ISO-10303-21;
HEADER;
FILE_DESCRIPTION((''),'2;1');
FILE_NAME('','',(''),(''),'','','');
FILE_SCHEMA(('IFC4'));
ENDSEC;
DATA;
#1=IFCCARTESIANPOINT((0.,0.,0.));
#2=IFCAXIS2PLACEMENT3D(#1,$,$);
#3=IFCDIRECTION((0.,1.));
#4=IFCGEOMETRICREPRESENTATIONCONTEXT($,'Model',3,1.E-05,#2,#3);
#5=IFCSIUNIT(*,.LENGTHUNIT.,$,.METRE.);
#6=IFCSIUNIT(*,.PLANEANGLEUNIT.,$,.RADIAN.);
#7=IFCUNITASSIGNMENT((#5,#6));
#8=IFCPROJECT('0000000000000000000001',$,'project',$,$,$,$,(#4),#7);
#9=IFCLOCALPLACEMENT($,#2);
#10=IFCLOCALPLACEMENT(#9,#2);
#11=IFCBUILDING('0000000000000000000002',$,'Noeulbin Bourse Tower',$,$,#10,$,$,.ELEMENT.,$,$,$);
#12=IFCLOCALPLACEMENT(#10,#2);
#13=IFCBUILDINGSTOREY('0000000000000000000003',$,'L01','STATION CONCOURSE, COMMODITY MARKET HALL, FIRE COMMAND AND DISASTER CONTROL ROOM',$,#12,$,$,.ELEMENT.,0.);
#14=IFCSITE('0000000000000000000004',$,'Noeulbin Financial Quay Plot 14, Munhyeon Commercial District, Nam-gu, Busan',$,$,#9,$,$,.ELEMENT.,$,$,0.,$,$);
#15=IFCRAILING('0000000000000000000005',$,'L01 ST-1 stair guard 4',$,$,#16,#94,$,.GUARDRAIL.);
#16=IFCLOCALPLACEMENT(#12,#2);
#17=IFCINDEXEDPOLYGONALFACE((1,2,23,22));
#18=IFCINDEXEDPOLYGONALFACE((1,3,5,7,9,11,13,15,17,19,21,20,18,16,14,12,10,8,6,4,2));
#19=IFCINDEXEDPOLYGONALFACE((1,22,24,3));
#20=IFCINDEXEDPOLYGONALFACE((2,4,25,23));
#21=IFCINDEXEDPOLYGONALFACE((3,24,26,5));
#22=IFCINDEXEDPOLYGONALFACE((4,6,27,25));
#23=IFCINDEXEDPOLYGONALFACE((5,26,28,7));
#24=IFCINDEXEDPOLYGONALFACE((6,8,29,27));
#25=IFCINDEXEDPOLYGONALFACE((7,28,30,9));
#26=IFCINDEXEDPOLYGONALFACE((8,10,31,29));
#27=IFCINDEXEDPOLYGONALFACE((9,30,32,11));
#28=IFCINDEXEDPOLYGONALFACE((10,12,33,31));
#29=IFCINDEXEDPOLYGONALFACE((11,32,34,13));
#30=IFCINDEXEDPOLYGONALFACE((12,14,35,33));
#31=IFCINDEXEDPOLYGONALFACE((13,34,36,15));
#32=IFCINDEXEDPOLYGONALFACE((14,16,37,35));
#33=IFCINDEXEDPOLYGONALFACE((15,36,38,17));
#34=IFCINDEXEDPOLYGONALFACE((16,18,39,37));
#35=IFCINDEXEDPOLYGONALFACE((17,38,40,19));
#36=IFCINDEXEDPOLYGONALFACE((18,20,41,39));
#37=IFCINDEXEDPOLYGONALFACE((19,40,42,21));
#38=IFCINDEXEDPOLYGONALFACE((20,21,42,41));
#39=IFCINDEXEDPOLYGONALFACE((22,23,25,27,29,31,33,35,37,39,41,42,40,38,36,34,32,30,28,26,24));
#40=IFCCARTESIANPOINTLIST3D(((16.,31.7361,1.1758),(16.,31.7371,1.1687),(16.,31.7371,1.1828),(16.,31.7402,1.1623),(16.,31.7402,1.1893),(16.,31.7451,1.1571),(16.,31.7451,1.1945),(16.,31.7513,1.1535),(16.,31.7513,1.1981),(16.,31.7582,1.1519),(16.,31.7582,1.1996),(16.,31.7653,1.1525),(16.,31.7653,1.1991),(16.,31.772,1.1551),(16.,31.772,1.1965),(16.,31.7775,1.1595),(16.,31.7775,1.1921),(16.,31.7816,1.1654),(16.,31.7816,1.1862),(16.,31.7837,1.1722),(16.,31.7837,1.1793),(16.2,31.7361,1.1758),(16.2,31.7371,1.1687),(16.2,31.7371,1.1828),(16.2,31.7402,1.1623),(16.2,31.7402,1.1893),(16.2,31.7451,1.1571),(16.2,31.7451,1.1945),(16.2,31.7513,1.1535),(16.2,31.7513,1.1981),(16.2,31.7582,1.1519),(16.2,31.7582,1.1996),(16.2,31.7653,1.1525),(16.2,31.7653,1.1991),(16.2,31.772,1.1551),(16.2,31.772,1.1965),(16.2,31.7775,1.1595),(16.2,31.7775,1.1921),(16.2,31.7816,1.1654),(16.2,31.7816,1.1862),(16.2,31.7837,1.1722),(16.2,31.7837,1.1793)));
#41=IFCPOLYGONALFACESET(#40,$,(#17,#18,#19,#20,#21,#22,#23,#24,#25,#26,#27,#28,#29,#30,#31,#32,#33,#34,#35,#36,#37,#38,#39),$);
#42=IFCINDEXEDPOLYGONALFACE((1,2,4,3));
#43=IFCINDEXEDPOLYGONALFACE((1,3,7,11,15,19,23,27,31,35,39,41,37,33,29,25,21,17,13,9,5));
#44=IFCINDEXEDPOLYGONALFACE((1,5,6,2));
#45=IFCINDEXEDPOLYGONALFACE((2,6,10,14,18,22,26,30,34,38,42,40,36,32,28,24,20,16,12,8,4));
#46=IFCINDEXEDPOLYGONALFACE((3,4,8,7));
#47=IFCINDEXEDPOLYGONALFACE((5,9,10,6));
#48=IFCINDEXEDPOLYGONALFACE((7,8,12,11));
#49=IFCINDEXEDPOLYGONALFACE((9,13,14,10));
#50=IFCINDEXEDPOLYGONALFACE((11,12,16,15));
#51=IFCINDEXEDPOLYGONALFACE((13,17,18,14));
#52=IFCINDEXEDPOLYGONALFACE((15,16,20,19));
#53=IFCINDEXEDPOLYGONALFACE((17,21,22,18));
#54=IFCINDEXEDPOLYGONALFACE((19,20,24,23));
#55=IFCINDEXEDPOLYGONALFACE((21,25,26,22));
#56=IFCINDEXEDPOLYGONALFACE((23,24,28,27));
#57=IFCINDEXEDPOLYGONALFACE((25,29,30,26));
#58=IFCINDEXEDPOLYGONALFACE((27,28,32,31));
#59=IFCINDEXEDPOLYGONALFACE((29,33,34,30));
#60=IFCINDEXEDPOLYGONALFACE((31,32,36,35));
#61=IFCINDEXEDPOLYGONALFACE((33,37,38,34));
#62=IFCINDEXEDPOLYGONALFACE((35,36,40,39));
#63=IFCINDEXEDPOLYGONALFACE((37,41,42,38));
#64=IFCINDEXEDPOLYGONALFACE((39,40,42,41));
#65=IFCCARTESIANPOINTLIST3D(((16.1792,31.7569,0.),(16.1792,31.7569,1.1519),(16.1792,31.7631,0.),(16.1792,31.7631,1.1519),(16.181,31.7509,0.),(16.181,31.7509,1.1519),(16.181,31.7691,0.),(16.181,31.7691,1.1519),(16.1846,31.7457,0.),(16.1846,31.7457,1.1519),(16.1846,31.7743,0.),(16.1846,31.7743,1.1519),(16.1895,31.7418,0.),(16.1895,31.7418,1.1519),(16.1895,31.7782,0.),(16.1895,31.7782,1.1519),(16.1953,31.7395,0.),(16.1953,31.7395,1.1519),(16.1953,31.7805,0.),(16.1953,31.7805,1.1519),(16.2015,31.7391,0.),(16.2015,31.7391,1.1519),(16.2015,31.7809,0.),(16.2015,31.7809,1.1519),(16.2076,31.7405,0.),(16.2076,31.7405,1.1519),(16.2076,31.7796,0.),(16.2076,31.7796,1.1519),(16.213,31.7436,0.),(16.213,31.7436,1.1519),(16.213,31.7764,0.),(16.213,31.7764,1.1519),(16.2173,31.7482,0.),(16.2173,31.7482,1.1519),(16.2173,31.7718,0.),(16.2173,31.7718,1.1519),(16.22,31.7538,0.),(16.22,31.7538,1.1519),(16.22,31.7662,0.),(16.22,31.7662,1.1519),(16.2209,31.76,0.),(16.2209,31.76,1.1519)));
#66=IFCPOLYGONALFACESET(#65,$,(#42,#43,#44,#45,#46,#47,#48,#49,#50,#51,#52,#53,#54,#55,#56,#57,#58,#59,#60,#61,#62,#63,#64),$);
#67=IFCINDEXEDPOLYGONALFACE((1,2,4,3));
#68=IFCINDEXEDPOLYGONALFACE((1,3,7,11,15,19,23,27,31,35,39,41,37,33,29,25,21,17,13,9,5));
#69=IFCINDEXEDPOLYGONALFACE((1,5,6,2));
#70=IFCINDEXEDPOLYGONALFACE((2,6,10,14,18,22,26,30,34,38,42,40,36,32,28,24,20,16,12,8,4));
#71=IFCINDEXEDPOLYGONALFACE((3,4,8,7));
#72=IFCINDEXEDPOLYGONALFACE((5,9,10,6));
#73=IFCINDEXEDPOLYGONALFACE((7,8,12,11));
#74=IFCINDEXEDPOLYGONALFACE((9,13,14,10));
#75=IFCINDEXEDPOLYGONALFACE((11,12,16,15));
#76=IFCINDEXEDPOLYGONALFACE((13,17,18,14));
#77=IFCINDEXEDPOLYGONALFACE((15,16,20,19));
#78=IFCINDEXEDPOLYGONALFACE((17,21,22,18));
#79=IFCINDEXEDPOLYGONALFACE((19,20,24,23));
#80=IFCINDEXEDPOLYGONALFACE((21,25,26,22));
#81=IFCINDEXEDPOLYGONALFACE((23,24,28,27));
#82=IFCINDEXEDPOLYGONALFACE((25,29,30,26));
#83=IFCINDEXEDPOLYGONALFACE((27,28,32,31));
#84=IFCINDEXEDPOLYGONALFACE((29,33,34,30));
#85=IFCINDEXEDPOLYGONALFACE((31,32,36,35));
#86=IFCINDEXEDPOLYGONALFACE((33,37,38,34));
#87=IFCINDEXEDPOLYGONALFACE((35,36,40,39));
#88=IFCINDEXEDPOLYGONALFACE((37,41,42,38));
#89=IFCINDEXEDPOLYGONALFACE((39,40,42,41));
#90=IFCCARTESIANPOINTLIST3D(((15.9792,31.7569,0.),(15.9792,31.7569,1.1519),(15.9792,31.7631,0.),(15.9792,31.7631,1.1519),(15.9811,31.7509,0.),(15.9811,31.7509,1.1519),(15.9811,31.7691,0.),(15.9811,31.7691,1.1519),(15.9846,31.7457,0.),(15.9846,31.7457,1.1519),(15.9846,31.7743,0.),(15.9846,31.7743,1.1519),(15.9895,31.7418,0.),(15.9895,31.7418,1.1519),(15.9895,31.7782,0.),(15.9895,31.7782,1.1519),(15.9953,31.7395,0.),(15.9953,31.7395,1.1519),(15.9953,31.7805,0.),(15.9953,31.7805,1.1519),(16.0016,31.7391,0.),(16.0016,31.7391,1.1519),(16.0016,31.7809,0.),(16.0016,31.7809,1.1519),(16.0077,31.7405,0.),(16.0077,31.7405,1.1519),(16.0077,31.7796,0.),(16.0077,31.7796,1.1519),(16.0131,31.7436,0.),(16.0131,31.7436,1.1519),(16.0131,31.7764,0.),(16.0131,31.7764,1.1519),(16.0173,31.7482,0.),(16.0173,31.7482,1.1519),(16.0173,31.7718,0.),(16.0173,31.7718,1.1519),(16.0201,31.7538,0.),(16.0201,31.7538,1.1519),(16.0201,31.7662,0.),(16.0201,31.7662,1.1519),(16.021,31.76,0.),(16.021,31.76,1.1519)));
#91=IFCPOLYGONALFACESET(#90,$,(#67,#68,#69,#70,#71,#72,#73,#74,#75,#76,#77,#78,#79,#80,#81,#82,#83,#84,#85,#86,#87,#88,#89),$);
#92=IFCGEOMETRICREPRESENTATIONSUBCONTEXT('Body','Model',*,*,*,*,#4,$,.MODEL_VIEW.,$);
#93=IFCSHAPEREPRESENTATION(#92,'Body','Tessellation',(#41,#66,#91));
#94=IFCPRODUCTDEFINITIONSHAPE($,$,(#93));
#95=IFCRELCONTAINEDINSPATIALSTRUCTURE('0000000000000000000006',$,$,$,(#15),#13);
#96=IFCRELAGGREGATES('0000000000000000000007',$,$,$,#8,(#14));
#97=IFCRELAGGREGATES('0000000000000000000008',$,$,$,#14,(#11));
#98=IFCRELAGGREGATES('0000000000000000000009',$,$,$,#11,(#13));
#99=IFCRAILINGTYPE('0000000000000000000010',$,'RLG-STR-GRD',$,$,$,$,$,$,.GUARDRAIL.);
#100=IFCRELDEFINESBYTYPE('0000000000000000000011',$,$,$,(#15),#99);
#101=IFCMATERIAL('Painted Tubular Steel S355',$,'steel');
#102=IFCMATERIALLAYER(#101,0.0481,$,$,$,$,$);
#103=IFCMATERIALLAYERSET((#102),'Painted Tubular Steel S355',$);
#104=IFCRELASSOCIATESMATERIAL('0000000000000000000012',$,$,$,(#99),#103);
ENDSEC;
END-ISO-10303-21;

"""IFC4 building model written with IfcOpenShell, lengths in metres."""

from ifc_helpers import new_model, si_unit, direction, frame, origin, origin_2d, place, context, subcontext, project, spatial, circle, extrude, material, layer, layer_set, type_object, element, save


model = new_model("IFC4")

# Units and contexts
model_context = context("Model", 3, precision=1e-05, world=origin(), true_north=direction((0.0, 1.0)))
body_context = subcontext(model_context, "Body", "Model", "MODEL_VIEW")
ifc_project = project(units=[si_unit("LENGTHUNIT", "METRE"), si_unit("PLANEANGLEUNIT", "RADIAN")], contexts=[model_context])

# Site, building, storey
site_placement = place(None, origin())
site = spatial("IfcSite", under=ifc_project, at=site_placement, Name="Noeulbin Financial Quay Plot 14, Munhyeon Commercial District, Nam-gu, Busan", CompositionType="ELEMENT", RefElevation=0.0)
building_placement = place(site_placement, origin())
building = spatial("IfcBuilding", under=site, at=building_placement, Name="Noeulbin Bourse Tower", CompositionType="ELEMENT")
storey_placement = place(building_placement, origin())
storey = spatial("IfcBuildingStorey", under=building, at=storey_placement, Name="L01", Description="STATION CONCOURSE, COMMODITY MARKET HALL, FIRE COMMAND AND DISASTER CONTROL ROOM", CompositionType="ELEMENT", Elevation=0.0)

# Railing
ifc_material_1 = material(Name="Painted Tubular Steel S355", Category="steel")
ifc_layer_1 = layer(ifc_material_1, 0.0481)
ifc_layer_set_1 = layer_set([ifc_layer_1], Name="Painted Tubular Steel S355")
railing_type_1 = type_object("IfcRailingType", Name="RLG-STR-GRD", PredefinedType="GUARDRAIL", material=ifc_layer_set_1)
railing_1_placement = place(storey_placement, frame((16.2, 31.76, 0.0)))
element("IfcRailing", 1, at=railing_1_placement, inside=storey, type_object=railing_type_1, Name="L01 ST-1 stair guard 4", PredefinedType="GUARDRAIL", context=body_context, shape_type="SweptSolid", body=[
    extrude(circle(Radius=0.0239, at=origin_2d()), frame((0.0, 0.0, 1.1758), z_axis=(-1.0, 0.0, 0.0), x_axis=(0.0, -1.0, 0.0)), (0.0, 0.0, 1.0), 0.2),
    extrude(circle(Radius=0.021, at=origin_2d()), origin(), (0.0, 0.0, 1.0), 1.1519),
    extrude(circle(Radius=0.021, at=origin_2d()), frame((-0.2, 0.0, 0.0)), (0.0, 0.0, 1.0), 1.1519),
])

save(model, "model.ifc")
